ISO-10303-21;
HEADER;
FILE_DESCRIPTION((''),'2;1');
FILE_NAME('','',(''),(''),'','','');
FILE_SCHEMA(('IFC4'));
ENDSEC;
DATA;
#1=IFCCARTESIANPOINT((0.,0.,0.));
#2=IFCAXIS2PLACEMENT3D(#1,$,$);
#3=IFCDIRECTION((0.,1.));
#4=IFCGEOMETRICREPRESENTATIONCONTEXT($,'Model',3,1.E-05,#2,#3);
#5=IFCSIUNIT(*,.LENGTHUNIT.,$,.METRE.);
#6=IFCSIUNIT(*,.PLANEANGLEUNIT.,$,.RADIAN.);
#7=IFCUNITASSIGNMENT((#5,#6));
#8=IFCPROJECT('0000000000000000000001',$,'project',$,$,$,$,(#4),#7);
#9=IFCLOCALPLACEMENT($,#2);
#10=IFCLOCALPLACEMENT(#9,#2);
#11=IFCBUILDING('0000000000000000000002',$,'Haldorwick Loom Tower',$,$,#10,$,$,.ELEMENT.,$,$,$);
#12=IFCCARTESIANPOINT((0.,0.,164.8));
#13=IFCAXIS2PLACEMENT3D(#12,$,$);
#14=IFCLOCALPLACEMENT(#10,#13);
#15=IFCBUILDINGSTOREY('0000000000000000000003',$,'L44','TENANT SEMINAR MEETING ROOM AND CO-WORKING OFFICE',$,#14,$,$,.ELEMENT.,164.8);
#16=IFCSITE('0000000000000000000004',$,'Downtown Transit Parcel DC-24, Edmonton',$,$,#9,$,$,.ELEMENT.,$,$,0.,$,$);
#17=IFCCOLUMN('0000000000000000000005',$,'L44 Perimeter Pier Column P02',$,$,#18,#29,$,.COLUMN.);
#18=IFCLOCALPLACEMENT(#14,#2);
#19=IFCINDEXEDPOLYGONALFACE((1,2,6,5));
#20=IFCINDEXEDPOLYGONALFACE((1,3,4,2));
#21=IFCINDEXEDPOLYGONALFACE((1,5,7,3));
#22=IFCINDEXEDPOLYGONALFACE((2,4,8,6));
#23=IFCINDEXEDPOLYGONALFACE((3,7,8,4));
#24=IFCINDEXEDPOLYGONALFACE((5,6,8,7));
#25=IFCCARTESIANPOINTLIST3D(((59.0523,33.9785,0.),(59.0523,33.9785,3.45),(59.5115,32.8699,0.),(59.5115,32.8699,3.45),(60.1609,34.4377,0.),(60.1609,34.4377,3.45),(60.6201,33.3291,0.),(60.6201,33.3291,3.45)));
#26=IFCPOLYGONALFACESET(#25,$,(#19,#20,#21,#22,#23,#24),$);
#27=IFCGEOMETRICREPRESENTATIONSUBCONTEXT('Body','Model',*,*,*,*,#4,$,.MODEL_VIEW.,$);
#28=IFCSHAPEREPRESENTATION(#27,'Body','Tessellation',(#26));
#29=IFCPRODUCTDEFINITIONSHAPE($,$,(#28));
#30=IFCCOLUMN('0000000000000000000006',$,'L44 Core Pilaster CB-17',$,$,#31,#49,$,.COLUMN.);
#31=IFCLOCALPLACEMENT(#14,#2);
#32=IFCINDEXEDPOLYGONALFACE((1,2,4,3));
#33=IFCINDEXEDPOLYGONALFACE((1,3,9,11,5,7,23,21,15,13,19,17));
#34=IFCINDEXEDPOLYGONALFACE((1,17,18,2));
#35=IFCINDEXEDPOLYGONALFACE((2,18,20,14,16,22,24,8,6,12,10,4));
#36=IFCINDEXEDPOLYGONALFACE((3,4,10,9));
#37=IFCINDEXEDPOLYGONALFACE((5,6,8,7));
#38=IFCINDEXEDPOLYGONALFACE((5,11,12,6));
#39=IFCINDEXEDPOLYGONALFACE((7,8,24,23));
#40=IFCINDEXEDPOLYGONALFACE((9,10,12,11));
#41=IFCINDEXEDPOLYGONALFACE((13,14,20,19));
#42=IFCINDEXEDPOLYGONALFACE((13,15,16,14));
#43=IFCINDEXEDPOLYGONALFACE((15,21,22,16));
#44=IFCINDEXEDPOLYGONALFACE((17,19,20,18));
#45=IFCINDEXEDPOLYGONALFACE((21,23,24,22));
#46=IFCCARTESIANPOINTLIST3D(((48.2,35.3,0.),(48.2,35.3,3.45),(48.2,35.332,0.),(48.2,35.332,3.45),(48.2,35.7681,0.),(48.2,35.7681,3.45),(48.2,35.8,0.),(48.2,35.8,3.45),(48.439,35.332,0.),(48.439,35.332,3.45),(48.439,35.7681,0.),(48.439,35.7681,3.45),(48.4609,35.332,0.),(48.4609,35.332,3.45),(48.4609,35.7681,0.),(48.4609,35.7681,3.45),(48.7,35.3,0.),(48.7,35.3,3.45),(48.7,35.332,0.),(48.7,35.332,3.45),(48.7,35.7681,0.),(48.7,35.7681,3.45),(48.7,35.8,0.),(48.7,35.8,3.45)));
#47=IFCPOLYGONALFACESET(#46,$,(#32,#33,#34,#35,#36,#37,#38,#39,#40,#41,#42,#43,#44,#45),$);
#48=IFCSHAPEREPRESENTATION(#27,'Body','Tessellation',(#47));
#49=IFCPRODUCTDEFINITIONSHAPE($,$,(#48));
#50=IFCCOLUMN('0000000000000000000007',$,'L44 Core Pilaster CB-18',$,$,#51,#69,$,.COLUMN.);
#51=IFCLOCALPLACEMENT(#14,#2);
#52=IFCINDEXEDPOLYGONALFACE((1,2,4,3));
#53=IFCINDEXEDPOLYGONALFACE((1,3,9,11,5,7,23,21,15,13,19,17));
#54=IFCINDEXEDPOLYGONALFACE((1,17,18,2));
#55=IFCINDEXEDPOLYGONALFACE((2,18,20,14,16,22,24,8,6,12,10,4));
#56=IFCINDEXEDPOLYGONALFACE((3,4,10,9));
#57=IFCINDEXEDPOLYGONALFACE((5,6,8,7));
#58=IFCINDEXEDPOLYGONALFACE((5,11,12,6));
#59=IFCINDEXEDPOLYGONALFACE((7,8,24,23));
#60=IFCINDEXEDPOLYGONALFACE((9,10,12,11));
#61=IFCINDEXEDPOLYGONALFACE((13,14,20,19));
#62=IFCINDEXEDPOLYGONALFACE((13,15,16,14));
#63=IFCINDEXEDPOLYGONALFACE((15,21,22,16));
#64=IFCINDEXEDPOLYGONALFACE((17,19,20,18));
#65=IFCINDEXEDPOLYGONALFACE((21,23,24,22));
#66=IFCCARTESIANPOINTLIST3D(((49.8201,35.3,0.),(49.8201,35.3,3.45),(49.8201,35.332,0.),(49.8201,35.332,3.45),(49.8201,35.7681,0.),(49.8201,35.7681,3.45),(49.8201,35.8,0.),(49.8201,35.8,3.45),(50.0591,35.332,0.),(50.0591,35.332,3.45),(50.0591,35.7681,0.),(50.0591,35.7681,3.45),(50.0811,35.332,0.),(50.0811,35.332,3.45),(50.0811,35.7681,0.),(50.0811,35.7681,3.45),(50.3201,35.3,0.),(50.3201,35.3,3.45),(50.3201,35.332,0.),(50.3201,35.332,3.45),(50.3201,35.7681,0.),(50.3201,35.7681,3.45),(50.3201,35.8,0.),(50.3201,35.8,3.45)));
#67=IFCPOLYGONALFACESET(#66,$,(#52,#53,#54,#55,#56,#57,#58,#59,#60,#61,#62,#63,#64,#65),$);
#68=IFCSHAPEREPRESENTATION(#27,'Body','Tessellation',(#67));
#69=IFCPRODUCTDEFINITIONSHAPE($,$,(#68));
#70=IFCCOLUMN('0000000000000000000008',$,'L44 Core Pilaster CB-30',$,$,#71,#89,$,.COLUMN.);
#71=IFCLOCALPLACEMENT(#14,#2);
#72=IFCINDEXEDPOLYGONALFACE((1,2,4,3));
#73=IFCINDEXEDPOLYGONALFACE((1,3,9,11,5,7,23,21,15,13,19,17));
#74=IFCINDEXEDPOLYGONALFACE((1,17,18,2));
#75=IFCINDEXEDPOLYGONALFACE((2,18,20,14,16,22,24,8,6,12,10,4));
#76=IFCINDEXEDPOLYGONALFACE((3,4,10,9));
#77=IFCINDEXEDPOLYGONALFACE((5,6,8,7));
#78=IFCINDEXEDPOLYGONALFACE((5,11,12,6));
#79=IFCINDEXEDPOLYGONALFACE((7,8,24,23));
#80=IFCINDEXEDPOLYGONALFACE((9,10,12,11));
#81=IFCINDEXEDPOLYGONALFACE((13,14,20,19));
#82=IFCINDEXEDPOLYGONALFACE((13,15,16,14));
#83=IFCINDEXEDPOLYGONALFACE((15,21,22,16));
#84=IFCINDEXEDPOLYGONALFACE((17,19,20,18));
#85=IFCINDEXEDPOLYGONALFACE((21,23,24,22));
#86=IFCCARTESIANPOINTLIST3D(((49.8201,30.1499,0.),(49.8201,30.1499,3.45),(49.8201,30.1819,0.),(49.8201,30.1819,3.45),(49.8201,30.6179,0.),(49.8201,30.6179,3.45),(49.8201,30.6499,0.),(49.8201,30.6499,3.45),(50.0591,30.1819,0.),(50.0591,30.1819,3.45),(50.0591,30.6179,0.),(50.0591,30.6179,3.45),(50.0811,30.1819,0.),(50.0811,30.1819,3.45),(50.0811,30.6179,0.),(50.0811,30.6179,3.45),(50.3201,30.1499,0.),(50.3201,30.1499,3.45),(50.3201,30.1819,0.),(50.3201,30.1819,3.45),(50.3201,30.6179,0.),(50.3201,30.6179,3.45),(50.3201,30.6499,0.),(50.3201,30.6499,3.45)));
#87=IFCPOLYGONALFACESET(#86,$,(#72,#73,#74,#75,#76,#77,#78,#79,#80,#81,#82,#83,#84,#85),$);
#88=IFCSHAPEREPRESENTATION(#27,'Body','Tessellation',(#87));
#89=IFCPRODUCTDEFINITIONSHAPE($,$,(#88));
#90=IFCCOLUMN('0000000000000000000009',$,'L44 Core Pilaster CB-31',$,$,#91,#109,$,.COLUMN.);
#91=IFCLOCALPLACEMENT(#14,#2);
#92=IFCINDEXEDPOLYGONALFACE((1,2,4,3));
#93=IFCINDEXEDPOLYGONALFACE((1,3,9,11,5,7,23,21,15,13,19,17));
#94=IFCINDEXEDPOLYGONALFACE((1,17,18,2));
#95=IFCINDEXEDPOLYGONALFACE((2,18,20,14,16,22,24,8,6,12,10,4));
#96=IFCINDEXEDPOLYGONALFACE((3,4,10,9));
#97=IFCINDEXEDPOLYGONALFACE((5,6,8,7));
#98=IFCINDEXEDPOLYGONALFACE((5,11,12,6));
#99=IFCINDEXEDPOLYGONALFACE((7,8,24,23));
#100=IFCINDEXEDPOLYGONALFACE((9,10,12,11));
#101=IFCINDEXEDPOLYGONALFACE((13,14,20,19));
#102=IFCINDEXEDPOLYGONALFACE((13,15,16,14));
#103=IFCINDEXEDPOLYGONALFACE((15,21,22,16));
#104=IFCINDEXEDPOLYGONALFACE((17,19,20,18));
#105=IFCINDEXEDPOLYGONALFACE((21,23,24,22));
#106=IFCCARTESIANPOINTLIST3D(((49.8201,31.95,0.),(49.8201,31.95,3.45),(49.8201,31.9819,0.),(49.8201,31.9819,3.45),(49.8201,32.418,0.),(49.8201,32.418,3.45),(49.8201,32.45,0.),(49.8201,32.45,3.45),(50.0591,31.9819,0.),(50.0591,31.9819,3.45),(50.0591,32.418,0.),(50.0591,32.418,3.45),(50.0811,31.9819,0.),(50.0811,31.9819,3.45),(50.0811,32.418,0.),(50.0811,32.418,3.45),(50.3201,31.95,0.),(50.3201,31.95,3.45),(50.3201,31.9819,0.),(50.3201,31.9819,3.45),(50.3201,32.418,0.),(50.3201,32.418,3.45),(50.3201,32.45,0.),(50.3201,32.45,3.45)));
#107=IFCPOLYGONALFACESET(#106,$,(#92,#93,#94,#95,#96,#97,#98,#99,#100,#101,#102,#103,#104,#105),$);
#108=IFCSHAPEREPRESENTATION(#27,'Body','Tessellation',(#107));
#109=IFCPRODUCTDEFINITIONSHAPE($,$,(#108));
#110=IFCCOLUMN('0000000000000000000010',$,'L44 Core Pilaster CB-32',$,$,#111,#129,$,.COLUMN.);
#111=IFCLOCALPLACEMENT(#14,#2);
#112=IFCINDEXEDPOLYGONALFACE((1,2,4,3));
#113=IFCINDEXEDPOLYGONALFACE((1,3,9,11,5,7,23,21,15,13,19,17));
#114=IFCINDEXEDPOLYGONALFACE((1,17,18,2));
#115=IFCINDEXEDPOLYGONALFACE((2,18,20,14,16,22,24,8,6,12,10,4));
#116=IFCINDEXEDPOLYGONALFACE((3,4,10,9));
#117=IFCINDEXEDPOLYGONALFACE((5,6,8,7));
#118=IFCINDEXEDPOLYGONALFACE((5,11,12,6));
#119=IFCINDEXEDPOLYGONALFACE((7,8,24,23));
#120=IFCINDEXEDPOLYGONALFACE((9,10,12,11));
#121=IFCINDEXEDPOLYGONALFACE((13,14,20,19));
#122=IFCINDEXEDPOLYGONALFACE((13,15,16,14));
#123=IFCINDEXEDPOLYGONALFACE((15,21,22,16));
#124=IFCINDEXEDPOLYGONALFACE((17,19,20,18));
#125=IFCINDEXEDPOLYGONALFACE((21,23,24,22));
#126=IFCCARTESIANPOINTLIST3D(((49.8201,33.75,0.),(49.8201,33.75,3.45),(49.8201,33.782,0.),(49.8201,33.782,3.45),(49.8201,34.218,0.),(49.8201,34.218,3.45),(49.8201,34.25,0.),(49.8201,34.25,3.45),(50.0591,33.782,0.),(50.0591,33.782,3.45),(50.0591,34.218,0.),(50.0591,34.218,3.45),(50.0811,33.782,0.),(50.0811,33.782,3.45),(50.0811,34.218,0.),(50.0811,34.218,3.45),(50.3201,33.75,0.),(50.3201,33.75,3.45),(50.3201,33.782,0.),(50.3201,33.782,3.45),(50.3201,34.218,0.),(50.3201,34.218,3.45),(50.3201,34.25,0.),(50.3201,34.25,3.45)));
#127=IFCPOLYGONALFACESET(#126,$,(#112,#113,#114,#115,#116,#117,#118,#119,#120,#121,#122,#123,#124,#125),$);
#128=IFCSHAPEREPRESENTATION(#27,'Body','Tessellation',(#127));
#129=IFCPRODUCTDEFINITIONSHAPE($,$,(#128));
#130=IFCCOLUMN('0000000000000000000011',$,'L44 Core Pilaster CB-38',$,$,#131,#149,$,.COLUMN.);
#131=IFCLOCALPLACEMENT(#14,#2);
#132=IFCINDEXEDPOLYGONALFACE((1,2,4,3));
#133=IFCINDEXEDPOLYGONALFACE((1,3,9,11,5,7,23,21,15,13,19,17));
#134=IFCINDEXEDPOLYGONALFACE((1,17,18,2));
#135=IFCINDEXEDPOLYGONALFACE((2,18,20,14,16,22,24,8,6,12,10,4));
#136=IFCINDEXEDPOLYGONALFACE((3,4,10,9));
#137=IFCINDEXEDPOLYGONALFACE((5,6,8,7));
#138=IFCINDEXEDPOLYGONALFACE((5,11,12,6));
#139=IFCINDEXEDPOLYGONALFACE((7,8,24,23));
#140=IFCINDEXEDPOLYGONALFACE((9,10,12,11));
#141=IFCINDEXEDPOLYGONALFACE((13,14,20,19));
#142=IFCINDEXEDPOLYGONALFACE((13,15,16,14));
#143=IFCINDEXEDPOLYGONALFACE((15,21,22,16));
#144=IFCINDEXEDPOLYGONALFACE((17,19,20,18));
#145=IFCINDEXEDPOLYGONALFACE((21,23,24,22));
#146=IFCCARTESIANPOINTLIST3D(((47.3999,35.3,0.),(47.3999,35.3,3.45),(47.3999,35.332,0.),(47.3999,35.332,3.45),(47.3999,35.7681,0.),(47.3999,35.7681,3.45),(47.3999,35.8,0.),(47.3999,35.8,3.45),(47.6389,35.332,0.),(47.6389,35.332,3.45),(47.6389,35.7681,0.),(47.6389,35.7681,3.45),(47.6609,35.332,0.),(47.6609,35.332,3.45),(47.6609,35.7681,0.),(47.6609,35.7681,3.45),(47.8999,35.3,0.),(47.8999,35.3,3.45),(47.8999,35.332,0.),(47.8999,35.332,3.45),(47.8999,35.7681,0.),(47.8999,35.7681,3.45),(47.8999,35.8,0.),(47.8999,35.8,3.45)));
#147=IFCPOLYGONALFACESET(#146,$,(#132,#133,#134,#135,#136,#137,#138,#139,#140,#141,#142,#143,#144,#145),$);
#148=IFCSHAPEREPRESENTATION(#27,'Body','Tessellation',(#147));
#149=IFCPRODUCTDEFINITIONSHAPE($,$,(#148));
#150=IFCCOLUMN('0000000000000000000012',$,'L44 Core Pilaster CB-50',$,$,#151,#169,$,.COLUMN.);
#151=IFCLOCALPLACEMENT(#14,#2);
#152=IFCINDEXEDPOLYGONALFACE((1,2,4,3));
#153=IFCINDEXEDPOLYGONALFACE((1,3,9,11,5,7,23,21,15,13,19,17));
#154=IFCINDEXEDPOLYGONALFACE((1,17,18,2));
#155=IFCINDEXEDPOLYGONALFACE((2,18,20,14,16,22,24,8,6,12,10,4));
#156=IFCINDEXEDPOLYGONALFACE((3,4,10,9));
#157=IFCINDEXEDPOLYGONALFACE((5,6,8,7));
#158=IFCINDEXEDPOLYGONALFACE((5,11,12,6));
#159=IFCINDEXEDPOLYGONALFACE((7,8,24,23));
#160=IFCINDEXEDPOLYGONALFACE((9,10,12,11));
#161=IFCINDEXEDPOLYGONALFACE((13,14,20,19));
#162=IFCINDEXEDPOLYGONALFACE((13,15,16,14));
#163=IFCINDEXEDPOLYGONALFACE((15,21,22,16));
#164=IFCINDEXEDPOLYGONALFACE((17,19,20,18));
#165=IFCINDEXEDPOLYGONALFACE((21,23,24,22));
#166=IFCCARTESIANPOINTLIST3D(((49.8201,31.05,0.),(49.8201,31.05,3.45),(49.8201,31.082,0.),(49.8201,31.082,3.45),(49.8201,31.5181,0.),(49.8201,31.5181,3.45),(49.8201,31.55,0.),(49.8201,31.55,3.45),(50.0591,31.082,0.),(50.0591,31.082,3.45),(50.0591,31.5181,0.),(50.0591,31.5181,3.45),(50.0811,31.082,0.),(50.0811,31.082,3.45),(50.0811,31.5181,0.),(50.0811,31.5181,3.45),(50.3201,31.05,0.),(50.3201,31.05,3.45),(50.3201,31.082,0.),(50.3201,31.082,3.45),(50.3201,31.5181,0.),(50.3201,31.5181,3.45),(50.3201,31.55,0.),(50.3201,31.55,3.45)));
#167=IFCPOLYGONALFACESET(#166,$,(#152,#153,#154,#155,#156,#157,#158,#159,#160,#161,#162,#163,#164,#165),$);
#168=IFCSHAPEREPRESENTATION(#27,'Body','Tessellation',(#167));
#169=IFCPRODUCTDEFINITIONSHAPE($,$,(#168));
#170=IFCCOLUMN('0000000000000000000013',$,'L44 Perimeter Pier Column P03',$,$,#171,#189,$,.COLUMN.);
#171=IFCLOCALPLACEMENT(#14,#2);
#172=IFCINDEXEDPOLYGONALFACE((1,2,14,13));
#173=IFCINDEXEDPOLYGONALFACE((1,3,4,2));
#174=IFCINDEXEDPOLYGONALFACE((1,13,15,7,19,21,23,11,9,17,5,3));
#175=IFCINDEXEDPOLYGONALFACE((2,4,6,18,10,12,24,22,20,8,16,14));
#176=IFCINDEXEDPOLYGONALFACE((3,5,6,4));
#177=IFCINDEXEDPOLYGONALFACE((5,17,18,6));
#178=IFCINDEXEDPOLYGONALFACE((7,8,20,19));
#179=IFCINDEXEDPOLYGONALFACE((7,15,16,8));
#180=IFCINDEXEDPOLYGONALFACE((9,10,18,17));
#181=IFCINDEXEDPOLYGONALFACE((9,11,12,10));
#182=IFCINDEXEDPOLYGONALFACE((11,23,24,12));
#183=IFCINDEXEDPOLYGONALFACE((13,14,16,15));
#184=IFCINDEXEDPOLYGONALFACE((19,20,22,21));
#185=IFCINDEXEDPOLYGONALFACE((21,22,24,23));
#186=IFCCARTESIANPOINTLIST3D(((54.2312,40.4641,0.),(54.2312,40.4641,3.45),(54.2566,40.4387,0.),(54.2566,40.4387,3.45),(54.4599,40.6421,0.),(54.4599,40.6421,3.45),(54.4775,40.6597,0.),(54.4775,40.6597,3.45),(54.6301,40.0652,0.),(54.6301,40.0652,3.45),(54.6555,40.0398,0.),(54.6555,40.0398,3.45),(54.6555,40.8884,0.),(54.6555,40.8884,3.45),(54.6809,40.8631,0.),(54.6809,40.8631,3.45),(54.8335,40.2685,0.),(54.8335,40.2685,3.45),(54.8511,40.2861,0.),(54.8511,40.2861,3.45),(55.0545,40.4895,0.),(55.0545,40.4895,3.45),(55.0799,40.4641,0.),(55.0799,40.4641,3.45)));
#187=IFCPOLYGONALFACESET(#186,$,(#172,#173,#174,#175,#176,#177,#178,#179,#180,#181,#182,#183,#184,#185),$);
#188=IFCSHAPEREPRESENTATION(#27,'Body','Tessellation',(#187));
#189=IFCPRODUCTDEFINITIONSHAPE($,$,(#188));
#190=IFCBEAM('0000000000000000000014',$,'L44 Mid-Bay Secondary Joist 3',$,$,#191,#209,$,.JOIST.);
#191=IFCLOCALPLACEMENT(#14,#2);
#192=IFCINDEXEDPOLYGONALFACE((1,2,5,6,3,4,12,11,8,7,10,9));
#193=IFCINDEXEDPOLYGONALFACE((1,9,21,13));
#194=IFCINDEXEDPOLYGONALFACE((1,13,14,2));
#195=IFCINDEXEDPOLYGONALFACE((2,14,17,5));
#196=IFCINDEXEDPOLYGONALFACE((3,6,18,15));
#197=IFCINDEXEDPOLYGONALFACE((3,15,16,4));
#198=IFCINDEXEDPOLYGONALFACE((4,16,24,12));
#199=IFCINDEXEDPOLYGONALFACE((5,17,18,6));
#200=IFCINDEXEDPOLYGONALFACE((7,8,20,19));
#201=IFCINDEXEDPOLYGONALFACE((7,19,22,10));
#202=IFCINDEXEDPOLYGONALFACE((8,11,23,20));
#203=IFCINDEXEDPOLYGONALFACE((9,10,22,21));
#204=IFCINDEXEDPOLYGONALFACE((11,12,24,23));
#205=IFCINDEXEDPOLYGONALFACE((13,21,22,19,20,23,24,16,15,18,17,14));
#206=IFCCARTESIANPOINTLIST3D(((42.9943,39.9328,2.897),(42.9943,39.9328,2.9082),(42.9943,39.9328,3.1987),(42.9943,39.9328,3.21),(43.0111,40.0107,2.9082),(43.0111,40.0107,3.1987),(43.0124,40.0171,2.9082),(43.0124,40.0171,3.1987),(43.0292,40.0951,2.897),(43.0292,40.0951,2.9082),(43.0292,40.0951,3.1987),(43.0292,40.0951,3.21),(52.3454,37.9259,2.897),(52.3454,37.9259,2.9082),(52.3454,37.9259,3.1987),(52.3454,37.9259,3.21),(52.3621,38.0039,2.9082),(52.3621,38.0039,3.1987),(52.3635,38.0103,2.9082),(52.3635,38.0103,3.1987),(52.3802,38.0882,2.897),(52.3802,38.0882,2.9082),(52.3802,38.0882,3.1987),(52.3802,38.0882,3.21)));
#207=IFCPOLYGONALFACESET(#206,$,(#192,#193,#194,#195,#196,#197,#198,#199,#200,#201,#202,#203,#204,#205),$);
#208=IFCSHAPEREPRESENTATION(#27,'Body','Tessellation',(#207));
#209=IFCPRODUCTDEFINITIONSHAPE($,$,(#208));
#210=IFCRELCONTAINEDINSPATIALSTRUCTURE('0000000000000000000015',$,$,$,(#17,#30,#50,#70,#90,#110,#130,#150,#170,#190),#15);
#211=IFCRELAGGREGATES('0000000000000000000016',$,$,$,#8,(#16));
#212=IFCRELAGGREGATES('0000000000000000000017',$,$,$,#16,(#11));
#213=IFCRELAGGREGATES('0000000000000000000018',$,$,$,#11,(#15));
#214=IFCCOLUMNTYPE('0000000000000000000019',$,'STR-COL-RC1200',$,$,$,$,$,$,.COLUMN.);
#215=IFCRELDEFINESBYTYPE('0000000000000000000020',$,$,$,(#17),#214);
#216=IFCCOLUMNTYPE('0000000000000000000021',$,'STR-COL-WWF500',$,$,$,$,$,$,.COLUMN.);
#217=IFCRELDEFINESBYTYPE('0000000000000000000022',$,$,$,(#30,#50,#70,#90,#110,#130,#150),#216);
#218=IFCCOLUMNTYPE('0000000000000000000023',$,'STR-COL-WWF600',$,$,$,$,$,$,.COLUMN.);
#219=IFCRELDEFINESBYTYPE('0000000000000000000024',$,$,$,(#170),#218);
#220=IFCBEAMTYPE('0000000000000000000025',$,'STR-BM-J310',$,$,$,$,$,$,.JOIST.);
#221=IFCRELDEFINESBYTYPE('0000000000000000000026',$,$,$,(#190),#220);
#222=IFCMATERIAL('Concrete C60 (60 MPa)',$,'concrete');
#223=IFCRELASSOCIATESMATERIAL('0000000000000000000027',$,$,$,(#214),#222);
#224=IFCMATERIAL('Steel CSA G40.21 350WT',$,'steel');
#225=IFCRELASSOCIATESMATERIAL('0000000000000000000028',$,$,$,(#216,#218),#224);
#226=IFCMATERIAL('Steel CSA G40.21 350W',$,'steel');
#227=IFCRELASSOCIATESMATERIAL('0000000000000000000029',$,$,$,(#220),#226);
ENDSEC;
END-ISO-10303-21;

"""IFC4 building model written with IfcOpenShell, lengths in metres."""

from ifc_helpers import new_model, si_unit, direction, frame, origin, origin_2d, place, context, subcontext, project, spatial, rectangle, i_section, extrude, material, material_profile, profile_set, type_object, element, save


model = new_model("IFC4")

# Units and contexts
model_context = context("Model", 3, precision=1e-05, world=origin(), true_north=direction((0.0, 1.0)))
body_context = subcontext(model_context, "Body", "Model", "MODEL_VIEW")
ifc_project = project(units=[si_unit("LENGTHUNIT", "METRE"), si_unit("PLANEANGLEUNIT", "RADIAN")], contexts=[model_context])

# Site, building, storey
site_placement = place(None, origin())
site = spatial("IfcSite", under=ifc_project, at=site_placement, Name="Downtown Transit Parcel DC-24, Edmonton", CompositionType="ELEMENT", RefElevation=0.0)
building_placement = place(site_placement, origin())
building = spatial("IfcBuilding", under=site, at=building_placement, Name="Haldorwick Loom Tower", CompositionType="ELEMENT")
storey_placement = place(building_placement, frame((0.0, 0.0, 164.8)))
storey = spatial("IfcBuildingStorey", under=building, at=storey_placement, Name="L44", Description="TENANT SEMINAR MEETING ROOM AND CO-WORKING OFFICE", CompositionType="ELEMENT", Elevation=164.8)

# Columns
ifc_material_1 = material(Name="Concrete C60 (60 MPa)", Category="concrete")
ifc_material_profile_1 = material_profile(ifc_material_1, rectangle(XDim=1.2, YDim=1.2, at=origin_2d()), Name="RC1200X1200", Category="concrete")
ifc_profile_set_1 = profile_set([ifc_material_profile_1], Name="Concrete C60 (60 MPa)")
column_type_1 = type_object("IfcColumnType", Name="STR-COL-RC1200", PredefinedType="COLUMN", material=ifc_profile_set_1)
column_1_placement = place(storey_placement, frame((59.8362, 33.6538, 0.0), z_axis=(0.0, 0.0, 1.0), x_axis=(0.92388, 0.382683, 0.0)))
element("IfcColumn", 1, at=column_1_placement, inside=storey, type_object=column_type_1, Name="L44 Perimeter Pier Column P02", PredefinedType="COLUMN", context=body_context, shape_type="SweptSolid", body=[
    extrude(rectangle(XDim=1.2, YDim=1.2, at=origin_2d()), origin(), (0.0, 0.0, 1.0), 3.45),
])
ifc_material_2 = material(Name="Steel CSA G40.21 350WT", Category="steel")
ifc_material_profile_2 = material_profile(ifc_material_2, i_section(OverallWidth=0.5, OverallDepth=0.5, WebThickness=0.022, FlangeThickness=0.032, at=origin_2d()), Name="WWF500X500", Category="steel")
ifc_profile_set_2 = profile_set([ifc_material_profile_2], Name="Steel CSA G40.21 350WT")
column_type_2 = type_object("IfcColumnType", Name="STR-COL-WWF500", PredefinedType="COLUMN", material=ifc_profile_set_2)
for number, where, z_axis, x_axis, name in (
    (2, (48.45, 35.55, 0.0), (0.0, 0.0, 1.0), (1.0, 0.0, 0.0), "L44 Core Pilaster CB-17"),
    (3, (50.0701, 35.55, 0.0), (0.0, 0.0, 1.0), (1.0, 0.0, 0.0), "L44 Core Pilaster CB-18"),
    (4, (50.0701, 30.3999, 0.0), (0.0, 0.0, 1.0), (1.0, 0.0, 0.0), "L44 Core Pilaster CB-30"),
    (5, (50.0701, 32.2, 0.0), (0.0, 0.0, 1.0), (1.0, 0.0, 0.0), "L44 Core Pilaster CB-31"),
    (6, (50.0701, 34.0, 0.0), (0.0, 0.0, 1.0), (1.0, 0.0, 0.0), "L44 Core Pilaster CB-32"),
    (7, (47.6499, 35.55, 0.0), (0.0, 0.0, 1.0), (1.0, 0.0, 0.0), "L44 Core Pilaster CB-38"),
    (8, (50.0701, 31.3, 0.0), (0.0, 0.0, 1.0), (1.0, 0.0, 0.0), "L44 Core Pilaster CB-50"),
):
    element("IfcColumn", number, at=place(storey_placement, frame(where, z_axis=z_axis, x_axis=x_axis)), inside=storey, type_object=column_type_2, Name=name, PredefinedType="COLUMN", context=body_context, shape_type="SweptSolid", body=[
        extrude(i_section(OverallWidth=0.5, OverallDepth=0.5, WebThickness=0.022, FlangeThickness=0.032, at=origin_2d()), origin(), (0.0, 0.0, 1.0), 3.45),
    ])
ifc_material_profile_3 = material_profile(ifc_material_2, i_section(OverallWidth=0.6001, OverallDepth=0.6001, WebThickness=0.0249, FlangeThickness=0.0359, at=origin_2d()), Name="WWF600X600", Category="steel")
ifc_profile_set_3 = profile_set([ifc_material_profile_3], Name="Steel CSA G40.21 350WT")
column_type_3 = type_object("IfcColumnType", Name="STR-COL-WWF600", PredefinedType="COLUMN", material=ifc_profile_set_3)
column_2_placement = place(storey_placement, frame((54.6555, 40.4641, 0.0), z_axis=(0.0, 0.0, 1.0), x_axis=(0.707107, 0.707107, 0.0)))
element("IfcColumn", 9, at=column_2_placement, inside=storey, type_object=column_type_3, Name="L44 Perimeter Pier Column P03", PredefinedType="COLUMN", context=body_context, shape_type="SweptSolid", body=[
    extrude(i_section(OverallWidth=0.6001, OverallDepth=0.6001, WebThickness=0.0249, FlangeThickness=0.0359, at=origin_2d()), origin(), (0.0, 0.0, 1.0), 3.45),
])

# Beam
ifc_material_3 = material(Name="Steel CSA G40.21 350W", Category="steel")
ifc_material_profile_4 = material_profile(ifc_material_3, i_section(OverallWidth=0.166, OverallDepth=0.313, WebThickness=0.0066, FlangeThickness=0.0112, at=origin_2d()), Name="W310X45", Category="steel")
ifc_profile_set_4 = profile_set([ifc_material_profile_4], Name="Steel CSA G40.21 350W")
beam_type_1 = type_object("IfcBeamType", Name="STR-BM-J310", PredefinedType="JOIST", material=ifc_profile_set_4)
beam_1_placement = place(storey_placement, frame((52.3628, 38.0071, 3.0535), z_axis=(-0.977737, 0.209832, 0.0), x_axis=(-0.209832, -0.977737, 0.0)))
element("IfcBeam", 10, at=beam_1_placement, inside=storey, type_object=beam_type_1, Name="L44 Mid-Bay Secondary Joist 3", PredefinedType="JOIST", context=body_context, shape_type="SweptSolid", body=[
    extrude(i_section(OverallWidth=0.166, OverallDepth=0.313, WebThickness=0.0066, FlangeThickness=0.0112, at=origin_2d()), origin(), (0.0, 0.0, 1.0), 9.564),
])

save(model, "model.ifc")
